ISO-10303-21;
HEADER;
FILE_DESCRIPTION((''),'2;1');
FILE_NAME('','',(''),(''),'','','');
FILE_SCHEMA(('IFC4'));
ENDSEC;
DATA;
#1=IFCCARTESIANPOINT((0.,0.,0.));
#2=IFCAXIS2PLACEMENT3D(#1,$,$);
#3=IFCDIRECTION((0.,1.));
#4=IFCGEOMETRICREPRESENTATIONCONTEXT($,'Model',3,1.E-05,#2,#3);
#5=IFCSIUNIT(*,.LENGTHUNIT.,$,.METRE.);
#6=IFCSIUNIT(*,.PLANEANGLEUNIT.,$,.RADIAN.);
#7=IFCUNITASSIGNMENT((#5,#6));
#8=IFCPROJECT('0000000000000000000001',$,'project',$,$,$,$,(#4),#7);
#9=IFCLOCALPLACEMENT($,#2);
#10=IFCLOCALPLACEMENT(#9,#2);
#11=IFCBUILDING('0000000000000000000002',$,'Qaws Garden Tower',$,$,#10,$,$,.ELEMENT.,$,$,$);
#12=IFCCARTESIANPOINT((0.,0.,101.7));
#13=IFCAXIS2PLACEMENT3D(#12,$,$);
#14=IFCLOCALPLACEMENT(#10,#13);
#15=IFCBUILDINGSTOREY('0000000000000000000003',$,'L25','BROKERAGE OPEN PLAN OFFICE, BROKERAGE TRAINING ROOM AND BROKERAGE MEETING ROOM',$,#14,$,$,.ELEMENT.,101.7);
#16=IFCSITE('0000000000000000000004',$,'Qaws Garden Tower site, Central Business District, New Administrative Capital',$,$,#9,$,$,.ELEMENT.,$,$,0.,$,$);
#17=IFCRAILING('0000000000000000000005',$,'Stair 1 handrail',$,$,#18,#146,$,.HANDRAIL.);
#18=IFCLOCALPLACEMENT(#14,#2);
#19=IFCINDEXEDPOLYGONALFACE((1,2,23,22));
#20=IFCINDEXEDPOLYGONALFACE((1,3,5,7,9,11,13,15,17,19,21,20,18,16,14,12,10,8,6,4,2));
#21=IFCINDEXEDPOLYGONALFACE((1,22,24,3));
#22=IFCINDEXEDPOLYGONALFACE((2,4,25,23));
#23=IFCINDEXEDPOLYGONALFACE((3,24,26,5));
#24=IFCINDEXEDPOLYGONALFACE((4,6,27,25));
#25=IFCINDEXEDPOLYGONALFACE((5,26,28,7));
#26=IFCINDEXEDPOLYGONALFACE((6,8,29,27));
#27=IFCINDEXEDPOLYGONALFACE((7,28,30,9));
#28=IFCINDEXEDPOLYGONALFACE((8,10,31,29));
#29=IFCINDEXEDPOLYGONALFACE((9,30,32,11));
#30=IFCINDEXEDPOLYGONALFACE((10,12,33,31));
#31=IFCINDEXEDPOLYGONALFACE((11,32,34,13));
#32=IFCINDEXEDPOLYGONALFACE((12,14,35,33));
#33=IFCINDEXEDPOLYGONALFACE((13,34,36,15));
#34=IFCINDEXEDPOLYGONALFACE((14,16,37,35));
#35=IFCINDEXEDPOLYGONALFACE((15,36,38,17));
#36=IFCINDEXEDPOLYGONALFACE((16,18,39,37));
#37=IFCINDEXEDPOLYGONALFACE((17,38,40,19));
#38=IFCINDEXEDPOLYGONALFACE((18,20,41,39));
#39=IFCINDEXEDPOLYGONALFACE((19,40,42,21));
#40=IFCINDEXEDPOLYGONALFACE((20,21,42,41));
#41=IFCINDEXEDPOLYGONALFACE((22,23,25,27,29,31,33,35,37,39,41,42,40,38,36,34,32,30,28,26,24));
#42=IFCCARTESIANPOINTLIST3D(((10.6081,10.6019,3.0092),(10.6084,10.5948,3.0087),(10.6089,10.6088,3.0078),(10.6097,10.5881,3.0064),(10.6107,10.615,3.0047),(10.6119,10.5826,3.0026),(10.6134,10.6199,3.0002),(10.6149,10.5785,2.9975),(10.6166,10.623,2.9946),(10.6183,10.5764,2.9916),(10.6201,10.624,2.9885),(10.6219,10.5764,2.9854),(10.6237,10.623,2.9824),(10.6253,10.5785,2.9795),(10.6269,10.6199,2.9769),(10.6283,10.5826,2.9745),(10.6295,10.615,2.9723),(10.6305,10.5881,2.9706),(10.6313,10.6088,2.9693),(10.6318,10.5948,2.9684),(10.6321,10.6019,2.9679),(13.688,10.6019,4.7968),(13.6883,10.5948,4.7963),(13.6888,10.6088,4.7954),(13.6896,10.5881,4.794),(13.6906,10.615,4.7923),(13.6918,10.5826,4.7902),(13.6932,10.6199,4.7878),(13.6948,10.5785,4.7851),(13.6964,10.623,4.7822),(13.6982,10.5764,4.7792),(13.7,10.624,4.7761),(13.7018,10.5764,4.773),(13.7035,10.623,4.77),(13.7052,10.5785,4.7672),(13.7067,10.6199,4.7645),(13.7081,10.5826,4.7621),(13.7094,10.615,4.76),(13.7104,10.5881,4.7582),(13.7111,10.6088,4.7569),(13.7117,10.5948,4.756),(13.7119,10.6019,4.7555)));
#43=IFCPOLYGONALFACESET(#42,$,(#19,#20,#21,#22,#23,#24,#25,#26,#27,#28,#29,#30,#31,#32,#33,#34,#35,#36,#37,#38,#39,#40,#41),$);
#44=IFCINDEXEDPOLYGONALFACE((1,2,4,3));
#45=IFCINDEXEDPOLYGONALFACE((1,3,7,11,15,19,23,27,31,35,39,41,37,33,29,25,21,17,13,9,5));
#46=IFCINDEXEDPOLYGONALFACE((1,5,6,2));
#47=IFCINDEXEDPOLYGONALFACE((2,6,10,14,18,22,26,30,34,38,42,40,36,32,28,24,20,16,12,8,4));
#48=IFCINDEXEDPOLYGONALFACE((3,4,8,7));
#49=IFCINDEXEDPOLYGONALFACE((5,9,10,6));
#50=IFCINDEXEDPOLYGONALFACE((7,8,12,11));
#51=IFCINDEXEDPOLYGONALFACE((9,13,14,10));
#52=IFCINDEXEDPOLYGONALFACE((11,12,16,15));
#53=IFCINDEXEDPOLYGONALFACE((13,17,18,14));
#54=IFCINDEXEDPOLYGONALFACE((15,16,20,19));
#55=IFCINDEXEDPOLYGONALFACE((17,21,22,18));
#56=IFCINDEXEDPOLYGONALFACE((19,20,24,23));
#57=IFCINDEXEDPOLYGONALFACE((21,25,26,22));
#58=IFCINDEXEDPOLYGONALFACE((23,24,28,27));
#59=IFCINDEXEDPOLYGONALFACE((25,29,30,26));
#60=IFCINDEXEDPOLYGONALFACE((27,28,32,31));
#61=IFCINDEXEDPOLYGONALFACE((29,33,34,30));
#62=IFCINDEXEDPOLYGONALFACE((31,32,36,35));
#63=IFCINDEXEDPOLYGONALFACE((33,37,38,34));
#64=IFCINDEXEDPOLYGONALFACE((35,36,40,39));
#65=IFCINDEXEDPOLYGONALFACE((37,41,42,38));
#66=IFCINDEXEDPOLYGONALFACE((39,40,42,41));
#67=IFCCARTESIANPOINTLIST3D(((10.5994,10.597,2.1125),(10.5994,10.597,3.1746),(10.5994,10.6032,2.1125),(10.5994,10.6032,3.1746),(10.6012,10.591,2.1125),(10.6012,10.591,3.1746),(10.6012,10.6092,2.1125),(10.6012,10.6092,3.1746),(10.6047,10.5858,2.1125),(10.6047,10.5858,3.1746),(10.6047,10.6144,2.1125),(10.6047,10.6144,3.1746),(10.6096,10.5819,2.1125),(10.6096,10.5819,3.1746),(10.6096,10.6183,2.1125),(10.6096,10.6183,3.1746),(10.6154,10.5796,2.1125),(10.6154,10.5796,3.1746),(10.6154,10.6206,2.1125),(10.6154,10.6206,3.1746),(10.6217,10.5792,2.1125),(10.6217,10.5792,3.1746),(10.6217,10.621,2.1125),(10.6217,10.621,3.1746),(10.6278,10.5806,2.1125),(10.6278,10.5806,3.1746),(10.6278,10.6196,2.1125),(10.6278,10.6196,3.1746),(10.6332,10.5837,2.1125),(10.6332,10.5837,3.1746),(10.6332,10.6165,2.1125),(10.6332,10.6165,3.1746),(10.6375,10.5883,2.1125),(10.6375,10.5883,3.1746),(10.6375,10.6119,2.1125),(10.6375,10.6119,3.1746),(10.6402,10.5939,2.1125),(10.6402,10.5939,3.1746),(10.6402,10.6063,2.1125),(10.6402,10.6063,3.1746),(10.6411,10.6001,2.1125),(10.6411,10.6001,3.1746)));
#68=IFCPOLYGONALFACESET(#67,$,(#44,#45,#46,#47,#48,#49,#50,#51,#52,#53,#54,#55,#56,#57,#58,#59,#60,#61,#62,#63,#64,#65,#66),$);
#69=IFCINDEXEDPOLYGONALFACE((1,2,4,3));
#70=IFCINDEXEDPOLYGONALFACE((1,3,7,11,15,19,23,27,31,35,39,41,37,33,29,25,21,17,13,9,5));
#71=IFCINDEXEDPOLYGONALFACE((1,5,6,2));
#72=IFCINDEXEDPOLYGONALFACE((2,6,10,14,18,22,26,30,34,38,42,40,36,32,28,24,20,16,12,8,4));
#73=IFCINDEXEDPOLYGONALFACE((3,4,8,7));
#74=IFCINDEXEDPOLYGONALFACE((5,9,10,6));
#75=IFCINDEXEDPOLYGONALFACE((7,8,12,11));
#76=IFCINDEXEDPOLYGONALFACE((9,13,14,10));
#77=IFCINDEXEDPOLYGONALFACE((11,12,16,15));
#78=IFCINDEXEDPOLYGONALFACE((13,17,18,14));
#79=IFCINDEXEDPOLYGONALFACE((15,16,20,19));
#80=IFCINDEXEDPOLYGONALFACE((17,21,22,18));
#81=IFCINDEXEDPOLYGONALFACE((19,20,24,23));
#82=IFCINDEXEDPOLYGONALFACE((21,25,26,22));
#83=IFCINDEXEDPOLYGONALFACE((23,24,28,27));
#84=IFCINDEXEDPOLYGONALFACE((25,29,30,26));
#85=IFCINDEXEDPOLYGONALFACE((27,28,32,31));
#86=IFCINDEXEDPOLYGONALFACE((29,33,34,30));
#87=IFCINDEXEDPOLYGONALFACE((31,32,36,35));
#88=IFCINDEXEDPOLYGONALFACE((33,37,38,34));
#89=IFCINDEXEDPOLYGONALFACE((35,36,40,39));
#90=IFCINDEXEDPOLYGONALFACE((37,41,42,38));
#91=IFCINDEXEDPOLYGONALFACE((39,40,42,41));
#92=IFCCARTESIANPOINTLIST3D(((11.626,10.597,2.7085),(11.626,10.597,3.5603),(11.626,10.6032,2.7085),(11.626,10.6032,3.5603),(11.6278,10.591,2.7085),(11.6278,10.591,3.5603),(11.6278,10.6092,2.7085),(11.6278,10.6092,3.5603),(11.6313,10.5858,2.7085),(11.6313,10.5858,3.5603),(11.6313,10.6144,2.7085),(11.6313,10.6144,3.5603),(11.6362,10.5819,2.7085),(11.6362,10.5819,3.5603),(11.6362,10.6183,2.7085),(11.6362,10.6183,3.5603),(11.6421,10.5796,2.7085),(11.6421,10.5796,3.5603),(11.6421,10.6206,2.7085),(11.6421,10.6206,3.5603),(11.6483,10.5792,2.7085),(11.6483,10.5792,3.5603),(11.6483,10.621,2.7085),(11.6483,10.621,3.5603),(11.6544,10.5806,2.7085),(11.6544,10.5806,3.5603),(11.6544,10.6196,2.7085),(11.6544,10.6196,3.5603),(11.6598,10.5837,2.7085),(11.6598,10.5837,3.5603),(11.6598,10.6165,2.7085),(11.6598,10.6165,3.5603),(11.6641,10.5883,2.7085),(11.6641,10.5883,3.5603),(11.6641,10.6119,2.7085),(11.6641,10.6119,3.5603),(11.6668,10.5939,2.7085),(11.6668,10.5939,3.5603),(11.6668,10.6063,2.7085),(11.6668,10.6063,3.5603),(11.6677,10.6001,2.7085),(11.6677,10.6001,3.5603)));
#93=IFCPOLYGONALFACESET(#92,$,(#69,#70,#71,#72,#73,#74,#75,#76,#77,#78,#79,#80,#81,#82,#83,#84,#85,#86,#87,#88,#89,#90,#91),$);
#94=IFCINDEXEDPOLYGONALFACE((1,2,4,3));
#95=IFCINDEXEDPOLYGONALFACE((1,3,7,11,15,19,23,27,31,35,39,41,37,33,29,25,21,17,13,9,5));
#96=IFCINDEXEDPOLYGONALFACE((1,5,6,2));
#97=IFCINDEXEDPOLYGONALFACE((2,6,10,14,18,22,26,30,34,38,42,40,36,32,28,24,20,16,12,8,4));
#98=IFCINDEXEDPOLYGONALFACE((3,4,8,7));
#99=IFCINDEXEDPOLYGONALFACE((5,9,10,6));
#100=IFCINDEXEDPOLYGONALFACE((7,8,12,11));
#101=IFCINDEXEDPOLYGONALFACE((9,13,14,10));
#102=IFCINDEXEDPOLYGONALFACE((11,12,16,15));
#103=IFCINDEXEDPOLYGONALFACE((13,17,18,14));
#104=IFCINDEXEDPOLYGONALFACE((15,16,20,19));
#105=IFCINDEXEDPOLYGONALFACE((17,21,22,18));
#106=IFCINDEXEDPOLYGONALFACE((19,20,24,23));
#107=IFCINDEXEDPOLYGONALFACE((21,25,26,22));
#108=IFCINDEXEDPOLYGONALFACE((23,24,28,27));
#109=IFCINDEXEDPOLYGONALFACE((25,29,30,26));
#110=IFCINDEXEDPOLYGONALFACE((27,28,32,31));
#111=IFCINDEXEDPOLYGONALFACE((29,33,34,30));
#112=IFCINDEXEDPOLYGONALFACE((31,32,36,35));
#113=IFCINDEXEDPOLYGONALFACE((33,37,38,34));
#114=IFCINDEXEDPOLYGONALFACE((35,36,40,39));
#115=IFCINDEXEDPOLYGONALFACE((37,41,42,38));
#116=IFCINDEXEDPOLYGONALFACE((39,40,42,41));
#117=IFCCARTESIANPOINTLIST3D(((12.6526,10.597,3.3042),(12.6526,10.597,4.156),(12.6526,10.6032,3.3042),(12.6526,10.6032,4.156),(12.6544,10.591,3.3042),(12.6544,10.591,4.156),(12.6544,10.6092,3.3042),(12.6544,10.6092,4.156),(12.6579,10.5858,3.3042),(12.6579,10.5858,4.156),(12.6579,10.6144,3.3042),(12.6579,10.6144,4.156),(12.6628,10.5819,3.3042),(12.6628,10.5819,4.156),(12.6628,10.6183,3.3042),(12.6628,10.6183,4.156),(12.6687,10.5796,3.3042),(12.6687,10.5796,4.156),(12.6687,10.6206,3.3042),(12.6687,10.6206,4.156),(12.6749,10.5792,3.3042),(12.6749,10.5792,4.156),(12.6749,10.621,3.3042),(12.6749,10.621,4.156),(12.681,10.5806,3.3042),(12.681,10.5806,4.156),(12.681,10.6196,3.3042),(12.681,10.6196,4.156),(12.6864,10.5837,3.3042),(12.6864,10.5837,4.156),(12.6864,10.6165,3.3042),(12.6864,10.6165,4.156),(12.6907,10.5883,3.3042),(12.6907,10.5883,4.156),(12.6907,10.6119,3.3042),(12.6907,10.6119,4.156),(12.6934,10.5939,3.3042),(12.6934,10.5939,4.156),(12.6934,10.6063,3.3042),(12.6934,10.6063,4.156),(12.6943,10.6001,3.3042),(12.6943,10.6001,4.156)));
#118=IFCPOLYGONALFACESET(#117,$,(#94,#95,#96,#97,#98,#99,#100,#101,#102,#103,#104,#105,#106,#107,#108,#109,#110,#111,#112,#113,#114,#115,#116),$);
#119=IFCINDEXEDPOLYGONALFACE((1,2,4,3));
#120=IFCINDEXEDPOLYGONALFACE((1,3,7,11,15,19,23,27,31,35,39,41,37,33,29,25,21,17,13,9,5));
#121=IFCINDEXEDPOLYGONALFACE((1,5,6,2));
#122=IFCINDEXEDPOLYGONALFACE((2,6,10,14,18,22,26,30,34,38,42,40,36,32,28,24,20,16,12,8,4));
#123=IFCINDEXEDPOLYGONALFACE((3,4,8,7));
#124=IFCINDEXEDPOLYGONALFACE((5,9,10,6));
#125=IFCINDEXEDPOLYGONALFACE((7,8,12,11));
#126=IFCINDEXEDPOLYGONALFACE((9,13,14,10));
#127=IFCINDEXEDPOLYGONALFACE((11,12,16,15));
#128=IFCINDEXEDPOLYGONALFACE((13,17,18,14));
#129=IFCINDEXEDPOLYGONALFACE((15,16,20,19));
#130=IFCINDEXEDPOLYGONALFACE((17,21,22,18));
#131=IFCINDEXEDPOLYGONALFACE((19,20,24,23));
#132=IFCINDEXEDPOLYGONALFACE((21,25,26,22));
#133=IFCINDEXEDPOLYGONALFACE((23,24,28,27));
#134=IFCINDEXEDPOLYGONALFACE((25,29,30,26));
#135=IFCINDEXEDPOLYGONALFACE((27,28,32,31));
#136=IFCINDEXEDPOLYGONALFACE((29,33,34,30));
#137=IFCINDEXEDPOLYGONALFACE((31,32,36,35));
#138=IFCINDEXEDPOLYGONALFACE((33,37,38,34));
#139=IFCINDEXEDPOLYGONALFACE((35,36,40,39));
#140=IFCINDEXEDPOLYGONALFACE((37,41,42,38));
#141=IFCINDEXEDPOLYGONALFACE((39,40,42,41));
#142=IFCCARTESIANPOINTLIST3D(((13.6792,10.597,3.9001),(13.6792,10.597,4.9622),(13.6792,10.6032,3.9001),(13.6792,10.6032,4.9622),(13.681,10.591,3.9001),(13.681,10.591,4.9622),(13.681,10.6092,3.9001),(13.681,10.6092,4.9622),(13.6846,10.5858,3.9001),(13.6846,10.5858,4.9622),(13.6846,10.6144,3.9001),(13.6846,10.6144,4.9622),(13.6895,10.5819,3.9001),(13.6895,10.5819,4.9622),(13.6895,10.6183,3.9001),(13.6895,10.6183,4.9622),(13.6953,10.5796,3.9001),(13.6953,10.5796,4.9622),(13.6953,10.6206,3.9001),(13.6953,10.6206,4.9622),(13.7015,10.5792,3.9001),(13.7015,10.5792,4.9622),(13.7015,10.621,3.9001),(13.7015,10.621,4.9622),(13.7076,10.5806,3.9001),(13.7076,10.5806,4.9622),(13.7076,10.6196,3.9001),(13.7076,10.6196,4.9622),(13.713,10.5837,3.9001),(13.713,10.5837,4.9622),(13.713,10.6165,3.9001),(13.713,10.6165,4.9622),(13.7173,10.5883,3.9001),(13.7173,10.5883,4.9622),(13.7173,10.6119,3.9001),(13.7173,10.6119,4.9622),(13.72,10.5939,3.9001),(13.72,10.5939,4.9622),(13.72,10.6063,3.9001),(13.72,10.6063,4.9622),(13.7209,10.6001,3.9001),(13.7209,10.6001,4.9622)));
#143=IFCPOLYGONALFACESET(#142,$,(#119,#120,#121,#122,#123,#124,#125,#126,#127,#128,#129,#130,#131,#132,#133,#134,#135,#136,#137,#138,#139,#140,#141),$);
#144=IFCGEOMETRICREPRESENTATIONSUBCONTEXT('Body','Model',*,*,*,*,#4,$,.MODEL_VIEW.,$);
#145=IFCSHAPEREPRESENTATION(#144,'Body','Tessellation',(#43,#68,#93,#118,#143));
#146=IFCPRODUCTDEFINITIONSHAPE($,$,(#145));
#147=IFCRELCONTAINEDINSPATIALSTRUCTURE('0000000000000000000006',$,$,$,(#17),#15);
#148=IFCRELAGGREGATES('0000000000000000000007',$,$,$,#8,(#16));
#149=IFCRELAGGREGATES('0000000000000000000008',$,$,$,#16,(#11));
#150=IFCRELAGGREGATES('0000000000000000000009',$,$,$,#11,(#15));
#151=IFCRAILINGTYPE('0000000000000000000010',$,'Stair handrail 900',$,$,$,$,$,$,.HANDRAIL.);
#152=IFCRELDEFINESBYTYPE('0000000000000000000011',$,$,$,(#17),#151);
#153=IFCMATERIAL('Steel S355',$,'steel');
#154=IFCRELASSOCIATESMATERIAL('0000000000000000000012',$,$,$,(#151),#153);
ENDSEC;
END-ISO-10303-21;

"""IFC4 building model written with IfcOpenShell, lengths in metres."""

from ifc_helpers import new_model, si_unit, direction, frame, origin, origin_2d, place, context, subcontext, project, spatial, circle, extrude, material, type_object, element, save


model = new_model("IFC4")

# Units and contexts
model_context = context("Model", 3, precision=1e-05, world=origin(), true_north=direction((0.0, 1.0)))
body_context = subcontext(model_context, "Body", "Model", "MODEL_VIEW")
ifc_project = project(units=[si_unit("LENGTHUNIT", "METRE"), si_unit("PLANEANGLEUNIT", "RADIAN")], contexts=[model_context])

# Site, building, storey
site_placement = place(None, origin())
site = spatial("IfcSite", under=ifc_project, at=site_placement, Name="Qaws Garden Tower site, Central Business District, New Administrative Capital", CompositionType="ELEMENT", RefElevation=0.0)
building_placement = place(site_placement, origin())
building = spatial("IfcBuilding", under=site, at=building_placement, Name="Qaws Garden Tower", CompositionType="ELEMENT")
storey_placement = place(building_placement, frame((0.0, 0.0, 101.7)))
storey = spatial("IfcBuildingStorey", under=building, at=storey_placement, Name="L25", Description="BROKERAGE OPEN PLAN OFFICE, BROKERAGE TRAINING ROOM AND BROKERAGE MEETING ROOM", CompositionType="ELEMENT", Elevation=101.7)

# Railing
ifc_material_1 = material(Name="Steel S355", Category="steel")
railing_type = type_object("IfcRailingType", Name="Stair handrail 900", PredefinedType="HANDRAIL", material=ifc_material_1)
railing_1_placement = place(storey_placement, frame((10.6201, 10.6001, 2.1125)))
element("IfcRailing", 1, at=railing_1_placement, inside=storey, type_object=railing_type, Name="Stair 1 handrail", PredefinedType="HANDRAIL", context=body_context, shape_type="SweptSolid", body=[
    extrude(circle(Radius=0.0239, at=origin_2d()), frame((0.0, 0.0, 0.876), z_axis=(0.864873, 0.0, 0.50199), x_axis=(0.0, 1.0, 0.0)), (0.0, 0.0, 1.0), 3.561),
    extrude(circle(Radius=0.021, at=origin_2d()), origin(), (0.0, 0.0, 1.0), 1.062),
    extrude(circle(Radius=0.021, at=origin_2d()), frame((1.0266, 0.0, 0.5959)), (0.0, 0.0, 1.0), 0.8518),
    extrude(circle(Radius=0.021, at=origin_2d()), frame((2.0532, 0.0, 1.1917)), (0.0, 0.0, 1.0), 0.8518),
    extrude(circle(Radius=0.021, at=origin_2d()), frame((3.0798, 0.0, 1.7876)), (0.0, 0.0, 1.0), 1.062),
])

save(model, "model.ifc")
